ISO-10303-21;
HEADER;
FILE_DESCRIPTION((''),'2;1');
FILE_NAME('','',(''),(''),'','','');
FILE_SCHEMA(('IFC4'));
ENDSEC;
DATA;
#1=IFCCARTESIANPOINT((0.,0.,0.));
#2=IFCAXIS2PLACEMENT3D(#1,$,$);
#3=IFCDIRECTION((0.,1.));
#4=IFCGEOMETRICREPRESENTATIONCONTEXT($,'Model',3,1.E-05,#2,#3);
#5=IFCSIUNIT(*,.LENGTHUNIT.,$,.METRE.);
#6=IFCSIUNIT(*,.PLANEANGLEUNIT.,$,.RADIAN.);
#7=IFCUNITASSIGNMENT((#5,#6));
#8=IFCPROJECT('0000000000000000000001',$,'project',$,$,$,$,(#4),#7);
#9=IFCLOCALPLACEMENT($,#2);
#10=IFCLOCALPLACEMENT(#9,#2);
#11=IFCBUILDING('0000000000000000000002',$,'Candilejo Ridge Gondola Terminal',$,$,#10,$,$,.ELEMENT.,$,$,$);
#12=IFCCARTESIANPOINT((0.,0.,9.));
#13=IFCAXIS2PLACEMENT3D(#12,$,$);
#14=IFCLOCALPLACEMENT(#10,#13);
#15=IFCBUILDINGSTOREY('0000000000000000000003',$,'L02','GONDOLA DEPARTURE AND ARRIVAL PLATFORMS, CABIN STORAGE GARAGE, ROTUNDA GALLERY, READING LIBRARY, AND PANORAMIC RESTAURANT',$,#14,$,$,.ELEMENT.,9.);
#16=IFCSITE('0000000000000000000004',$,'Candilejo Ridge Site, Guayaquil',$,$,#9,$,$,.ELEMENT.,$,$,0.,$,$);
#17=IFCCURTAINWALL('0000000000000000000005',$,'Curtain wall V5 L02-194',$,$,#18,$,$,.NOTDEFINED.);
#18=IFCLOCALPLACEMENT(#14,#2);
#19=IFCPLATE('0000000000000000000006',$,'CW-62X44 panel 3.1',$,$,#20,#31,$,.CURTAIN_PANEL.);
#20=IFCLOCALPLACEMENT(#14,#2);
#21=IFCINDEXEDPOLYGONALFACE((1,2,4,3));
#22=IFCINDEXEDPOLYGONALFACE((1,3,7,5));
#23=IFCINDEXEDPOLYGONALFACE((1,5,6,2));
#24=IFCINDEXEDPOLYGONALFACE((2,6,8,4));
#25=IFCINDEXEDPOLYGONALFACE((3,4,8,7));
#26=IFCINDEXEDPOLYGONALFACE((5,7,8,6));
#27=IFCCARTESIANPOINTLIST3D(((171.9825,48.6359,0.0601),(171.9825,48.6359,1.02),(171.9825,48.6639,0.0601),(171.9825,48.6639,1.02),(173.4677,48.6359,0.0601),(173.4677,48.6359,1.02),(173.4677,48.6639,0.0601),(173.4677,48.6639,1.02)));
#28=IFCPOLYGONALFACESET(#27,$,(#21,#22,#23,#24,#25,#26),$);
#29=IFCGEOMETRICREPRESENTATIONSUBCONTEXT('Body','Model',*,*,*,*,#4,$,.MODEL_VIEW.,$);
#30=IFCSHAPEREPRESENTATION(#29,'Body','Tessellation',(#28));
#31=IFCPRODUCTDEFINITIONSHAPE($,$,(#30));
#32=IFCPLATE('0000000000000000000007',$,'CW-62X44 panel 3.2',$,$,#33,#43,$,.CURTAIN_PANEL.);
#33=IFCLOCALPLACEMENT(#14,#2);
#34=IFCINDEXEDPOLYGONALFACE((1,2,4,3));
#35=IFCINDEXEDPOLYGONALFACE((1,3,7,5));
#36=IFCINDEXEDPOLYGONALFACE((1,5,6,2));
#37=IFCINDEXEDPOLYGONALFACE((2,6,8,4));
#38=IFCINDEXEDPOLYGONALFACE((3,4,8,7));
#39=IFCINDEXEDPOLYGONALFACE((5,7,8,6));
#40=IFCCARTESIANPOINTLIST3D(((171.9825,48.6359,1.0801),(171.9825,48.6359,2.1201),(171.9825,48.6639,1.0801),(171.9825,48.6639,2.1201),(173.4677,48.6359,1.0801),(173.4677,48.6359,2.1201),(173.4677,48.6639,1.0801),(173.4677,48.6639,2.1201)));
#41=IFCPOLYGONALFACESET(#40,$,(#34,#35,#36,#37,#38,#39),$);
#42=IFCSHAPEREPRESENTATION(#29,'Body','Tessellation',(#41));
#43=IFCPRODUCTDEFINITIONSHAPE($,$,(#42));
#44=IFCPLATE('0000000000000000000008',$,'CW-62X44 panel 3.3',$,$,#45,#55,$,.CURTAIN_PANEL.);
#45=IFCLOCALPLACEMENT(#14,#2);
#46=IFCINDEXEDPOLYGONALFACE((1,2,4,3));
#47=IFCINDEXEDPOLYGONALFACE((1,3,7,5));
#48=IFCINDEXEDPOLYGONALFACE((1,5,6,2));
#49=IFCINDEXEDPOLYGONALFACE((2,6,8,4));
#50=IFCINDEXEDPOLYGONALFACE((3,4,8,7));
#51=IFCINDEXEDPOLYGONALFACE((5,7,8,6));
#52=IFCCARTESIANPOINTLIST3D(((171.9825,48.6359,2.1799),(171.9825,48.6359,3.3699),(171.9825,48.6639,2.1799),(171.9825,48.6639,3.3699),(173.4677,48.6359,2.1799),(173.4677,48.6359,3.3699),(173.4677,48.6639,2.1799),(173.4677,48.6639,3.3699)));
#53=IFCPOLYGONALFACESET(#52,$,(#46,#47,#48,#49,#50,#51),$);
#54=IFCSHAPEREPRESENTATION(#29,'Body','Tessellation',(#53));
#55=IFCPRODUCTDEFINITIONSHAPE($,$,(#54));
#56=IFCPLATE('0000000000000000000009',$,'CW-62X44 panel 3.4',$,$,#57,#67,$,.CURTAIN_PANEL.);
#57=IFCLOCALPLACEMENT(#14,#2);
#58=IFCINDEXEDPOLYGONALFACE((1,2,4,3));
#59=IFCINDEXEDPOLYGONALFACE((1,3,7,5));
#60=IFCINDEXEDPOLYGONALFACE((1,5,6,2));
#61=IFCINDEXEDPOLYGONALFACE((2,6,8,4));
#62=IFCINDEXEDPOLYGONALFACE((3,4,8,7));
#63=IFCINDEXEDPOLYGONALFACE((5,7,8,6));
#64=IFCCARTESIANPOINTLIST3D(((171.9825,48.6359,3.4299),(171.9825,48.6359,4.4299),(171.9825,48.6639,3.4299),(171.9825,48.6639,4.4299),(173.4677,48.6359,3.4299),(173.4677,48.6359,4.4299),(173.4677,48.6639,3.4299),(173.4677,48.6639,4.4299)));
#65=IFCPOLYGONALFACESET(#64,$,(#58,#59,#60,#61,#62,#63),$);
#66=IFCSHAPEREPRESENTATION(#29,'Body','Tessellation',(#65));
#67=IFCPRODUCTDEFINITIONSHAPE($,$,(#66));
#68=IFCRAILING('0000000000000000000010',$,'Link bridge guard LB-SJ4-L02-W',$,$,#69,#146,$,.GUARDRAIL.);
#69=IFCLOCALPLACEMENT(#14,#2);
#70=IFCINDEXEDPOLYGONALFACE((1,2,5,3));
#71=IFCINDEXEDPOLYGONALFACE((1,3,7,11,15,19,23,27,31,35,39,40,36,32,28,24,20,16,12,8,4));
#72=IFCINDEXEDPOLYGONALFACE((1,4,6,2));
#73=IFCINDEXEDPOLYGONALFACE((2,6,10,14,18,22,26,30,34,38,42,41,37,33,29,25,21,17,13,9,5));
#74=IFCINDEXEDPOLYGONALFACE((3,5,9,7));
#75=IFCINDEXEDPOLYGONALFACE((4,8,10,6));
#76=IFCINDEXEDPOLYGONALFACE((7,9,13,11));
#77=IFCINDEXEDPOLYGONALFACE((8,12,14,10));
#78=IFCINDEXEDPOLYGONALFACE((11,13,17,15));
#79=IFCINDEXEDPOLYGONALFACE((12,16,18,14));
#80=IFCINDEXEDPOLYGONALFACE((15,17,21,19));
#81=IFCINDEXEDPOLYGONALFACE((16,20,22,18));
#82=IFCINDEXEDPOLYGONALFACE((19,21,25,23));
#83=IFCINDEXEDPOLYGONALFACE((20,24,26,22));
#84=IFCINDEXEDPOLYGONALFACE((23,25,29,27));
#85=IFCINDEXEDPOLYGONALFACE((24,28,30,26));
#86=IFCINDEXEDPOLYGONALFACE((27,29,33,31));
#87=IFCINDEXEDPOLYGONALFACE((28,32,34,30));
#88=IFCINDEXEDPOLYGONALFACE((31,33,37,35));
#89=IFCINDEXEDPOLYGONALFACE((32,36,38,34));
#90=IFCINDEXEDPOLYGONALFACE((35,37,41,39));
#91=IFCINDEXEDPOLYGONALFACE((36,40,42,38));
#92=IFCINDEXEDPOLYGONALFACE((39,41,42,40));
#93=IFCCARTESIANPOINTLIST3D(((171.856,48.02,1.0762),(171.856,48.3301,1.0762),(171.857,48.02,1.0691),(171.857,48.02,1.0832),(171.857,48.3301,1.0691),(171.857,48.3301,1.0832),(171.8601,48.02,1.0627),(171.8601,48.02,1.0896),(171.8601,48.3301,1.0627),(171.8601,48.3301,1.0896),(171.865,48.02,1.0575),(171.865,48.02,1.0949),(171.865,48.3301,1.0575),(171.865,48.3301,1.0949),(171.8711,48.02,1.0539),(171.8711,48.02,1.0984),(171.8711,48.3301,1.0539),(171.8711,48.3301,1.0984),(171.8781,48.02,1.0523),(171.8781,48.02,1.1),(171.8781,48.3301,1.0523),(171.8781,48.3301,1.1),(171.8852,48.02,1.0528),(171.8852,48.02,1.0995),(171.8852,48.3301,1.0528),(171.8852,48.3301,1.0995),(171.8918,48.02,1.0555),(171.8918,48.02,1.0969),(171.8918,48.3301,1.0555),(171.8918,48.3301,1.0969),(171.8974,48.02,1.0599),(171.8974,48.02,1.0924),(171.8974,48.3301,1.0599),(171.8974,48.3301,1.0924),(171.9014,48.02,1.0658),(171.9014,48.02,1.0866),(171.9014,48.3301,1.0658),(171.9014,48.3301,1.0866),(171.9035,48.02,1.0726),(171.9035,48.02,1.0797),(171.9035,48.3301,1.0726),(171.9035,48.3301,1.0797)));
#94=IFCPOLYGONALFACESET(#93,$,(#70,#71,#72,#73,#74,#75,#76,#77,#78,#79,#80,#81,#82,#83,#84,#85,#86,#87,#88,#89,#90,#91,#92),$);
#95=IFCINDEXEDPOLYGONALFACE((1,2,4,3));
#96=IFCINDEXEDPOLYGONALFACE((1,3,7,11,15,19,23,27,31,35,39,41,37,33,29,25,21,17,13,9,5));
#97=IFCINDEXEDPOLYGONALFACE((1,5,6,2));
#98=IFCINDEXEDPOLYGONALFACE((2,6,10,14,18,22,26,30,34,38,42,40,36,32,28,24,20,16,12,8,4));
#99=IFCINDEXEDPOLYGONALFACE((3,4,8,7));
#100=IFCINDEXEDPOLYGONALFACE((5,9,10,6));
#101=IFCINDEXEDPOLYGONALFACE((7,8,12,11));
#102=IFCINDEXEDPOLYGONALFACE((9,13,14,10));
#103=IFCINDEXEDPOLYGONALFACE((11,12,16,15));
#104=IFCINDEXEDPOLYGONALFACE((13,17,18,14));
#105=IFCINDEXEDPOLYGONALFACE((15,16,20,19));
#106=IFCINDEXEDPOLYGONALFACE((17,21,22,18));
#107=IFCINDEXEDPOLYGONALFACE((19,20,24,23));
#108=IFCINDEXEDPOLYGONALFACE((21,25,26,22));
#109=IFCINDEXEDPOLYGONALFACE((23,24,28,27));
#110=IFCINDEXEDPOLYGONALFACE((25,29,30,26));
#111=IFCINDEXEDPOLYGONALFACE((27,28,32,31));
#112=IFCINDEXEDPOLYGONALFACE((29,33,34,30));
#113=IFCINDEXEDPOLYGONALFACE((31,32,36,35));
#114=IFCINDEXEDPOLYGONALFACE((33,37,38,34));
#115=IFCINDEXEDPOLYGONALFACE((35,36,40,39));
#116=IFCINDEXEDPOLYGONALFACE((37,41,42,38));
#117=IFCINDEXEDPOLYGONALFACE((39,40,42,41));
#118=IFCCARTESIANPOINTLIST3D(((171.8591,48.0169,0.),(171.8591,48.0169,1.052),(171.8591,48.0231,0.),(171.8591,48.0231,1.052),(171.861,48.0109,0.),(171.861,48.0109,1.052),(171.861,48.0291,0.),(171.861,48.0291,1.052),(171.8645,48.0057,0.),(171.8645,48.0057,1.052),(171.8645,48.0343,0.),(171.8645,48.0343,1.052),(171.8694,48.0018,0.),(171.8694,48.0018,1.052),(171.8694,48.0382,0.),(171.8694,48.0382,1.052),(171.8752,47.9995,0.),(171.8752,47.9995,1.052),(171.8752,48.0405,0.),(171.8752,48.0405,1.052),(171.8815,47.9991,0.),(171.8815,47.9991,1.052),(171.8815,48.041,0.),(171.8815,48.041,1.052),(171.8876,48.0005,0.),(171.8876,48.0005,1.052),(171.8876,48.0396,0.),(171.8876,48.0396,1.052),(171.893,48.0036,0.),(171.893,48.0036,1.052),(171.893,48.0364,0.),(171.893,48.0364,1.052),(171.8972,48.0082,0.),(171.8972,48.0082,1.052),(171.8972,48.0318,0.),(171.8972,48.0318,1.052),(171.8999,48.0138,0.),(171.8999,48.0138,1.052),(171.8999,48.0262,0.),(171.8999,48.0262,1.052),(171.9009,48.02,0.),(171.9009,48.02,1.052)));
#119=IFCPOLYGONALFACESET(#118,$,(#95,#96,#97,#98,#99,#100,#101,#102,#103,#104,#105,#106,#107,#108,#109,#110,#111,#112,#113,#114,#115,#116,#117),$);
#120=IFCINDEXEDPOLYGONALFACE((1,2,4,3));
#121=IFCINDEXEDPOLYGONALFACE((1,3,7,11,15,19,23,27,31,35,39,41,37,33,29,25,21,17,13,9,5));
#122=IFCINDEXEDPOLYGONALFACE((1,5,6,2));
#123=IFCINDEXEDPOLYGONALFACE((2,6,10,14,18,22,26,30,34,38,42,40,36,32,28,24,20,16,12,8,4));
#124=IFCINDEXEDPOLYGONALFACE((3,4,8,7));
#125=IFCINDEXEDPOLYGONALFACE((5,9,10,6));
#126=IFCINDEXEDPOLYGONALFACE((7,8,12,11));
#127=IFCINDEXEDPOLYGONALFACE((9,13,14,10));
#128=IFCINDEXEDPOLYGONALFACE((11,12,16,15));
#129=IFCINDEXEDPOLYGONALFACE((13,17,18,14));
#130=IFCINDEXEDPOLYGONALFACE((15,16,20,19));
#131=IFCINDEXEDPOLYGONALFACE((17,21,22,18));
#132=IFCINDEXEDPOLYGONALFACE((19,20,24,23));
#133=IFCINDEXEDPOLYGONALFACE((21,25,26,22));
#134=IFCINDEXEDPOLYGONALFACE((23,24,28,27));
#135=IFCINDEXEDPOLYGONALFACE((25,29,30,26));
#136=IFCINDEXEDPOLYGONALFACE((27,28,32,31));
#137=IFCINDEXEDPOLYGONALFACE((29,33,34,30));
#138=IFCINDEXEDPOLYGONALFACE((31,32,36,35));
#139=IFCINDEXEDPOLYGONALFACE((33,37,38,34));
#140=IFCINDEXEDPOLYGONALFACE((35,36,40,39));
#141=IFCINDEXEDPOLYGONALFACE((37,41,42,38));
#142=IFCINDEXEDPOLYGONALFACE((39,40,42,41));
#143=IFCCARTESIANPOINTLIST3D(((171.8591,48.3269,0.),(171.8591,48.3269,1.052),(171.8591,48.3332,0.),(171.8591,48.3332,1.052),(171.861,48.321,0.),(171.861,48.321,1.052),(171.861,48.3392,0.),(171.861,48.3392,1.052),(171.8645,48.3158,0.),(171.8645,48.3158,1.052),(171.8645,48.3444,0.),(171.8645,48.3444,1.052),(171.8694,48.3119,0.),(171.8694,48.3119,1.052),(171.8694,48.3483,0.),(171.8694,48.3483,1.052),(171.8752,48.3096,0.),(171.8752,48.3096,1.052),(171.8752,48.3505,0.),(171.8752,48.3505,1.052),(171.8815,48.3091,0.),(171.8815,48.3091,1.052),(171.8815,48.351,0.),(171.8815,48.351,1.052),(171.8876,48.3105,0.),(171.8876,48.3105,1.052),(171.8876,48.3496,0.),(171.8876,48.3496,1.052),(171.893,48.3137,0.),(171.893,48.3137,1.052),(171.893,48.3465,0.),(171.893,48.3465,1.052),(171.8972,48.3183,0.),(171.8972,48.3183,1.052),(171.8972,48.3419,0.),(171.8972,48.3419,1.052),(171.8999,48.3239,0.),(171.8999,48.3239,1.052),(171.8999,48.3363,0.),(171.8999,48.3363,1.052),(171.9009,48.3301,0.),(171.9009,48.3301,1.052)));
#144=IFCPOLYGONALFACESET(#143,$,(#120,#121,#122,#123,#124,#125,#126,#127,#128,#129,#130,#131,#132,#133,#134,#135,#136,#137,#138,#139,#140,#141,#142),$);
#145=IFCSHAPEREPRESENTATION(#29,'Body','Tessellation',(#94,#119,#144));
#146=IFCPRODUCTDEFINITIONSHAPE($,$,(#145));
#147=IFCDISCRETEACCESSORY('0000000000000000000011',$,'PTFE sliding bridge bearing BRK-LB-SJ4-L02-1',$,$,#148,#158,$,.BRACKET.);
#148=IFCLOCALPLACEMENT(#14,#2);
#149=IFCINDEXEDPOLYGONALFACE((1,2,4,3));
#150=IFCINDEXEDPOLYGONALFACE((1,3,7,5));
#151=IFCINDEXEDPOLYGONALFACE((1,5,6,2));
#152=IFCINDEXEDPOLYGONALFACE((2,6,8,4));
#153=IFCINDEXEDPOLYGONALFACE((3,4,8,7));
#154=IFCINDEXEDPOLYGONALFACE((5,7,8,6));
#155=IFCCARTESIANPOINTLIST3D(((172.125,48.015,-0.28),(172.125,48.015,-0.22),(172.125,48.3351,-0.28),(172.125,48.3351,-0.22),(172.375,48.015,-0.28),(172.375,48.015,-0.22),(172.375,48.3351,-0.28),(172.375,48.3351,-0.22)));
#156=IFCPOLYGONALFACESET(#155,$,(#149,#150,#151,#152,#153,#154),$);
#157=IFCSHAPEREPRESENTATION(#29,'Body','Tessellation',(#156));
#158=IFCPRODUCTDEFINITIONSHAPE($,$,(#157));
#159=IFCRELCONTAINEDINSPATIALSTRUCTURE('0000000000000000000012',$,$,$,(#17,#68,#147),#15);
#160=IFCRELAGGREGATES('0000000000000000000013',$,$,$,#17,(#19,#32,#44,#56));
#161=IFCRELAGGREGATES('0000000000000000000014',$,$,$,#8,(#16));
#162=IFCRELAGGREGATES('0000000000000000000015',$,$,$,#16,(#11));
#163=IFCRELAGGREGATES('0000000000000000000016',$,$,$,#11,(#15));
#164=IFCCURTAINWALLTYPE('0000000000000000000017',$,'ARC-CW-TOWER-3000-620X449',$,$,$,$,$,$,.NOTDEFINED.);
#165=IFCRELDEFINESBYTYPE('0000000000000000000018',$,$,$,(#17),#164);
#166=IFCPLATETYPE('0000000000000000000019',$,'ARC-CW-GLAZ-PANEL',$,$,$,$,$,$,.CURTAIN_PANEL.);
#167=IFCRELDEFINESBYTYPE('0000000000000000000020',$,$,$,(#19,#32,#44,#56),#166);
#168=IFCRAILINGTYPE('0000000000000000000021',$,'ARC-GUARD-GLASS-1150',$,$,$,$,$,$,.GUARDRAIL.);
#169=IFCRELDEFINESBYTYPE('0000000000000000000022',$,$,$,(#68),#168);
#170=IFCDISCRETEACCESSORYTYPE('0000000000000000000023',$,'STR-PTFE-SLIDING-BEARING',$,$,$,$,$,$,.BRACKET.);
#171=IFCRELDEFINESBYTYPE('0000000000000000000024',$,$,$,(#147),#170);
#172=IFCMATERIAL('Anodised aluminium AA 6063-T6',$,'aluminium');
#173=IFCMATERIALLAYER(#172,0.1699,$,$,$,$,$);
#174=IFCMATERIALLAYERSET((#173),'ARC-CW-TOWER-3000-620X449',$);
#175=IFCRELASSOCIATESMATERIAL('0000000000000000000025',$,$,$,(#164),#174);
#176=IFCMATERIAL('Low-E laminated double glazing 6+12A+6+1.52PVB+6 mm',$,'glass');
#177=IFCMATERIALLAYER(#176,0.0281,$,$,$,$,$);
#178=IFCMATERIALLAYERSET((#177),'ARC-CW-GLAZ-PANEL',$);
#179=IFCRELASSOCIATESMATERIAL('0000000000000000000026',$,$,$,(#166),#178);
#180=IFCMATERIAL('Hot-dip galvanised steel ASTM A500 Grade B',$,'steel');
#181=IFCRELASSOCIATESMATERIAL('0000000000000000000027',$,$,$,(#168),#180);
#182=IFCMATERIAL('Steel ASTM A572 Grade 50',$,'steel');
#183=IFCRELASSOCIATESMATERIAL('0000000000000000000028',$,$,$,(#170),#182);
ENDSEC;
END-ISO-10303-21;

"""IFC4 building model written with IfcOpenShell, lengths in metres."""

from ifc_helpers import new_model, si_unit, direction, frame, origin, origin_2d, place, context, subcontext, project, spatial, rectangle, circle, extrude, material, layer, layer_set, type_object, element, aggregate, save


model = new_model("IFC4")

# Units and contexts
model_context = context("Model", 3, precision=1e-05, world=origin(), true_north=direction((0.0, 1.0)))
body_context = subcontext(model_context, "Body", "Model", "MODEL_VIEW")
ifc_project = project(units=[si_unit("LENGTHUNIT", "METRE"), si_unit("PLANEANGLEUNIT", "RADIAN")], contexts=[model_context])

# Site, building, storey
site_placement = place(None, origin())
site = spatial("IfcSite", under=ifc_project, at=site_placement, Name="Candilejo Ridge Site, Guayaquil", CompositionType="ELEMENT", RefElevation=0.0)
building_placement = place(site_placement, origin())
building = spatial("IfcBuilding", under=site, at=building_placement, Name="Candilejo Ridge Gondola Terminal", CompositionType="ELEMENT")
storey_placement = place(building_placement, frame((0.0, 0.0, 9.0)))
storey = spatial("IfcBuildingStorey", under=building, at=storey_placement, Name="L02", Description="GONDOLA DEPARTURE AND ARRIVAL PLATFORMS, CABIN STORAGE GARAGE, ROTUNDA GALLERY, READING LIBRARY, AND PANORAMIC RESTAURANT", CompositionType="ELEMENT", Elevation=9.0)

# Curtain wall
ifc_material_1 = material(Name="Anodised aluminium AA 6063-T6", Category="aluminium")
ifc_layer_1 = layer(ifc_material_1, 0.1699)
ifc_layer_set_1 = layer_set([ifc_layer_1], Name="ARC-CW-TOWER-3000-620X449")
curtain_wall_type_1 = type_object("IfcCurtainWallType", Name="ARC-CW-TOWER-3000-620X449", PredefinedType="NOTDEFINED", material=ifc_layer_set_1)
curtain_wall_1_placement = place(storey_placement, origin())
curtain_wall_1 = element("IfcCurtainWall", 1, at=curtain_wall_1_placement, inside=storey, type_object=curtain_wall_type_1, Name="Curtain wall V5 L02-194", PredefinedType="NOTDEFINED")

# Shared definitions
ifc_material_2 = material(Name="Low-E laminated double glazing 6+12A+6+1.52PVB+6 mm", Category="glass")
ifc_layer_2 = layer(ifc_material_2, 0.0281)
ifc_layer_set_2 = layer_set([ifc_layer_2], Name="ARC-CW-GLAZ-PANEL")
plate_type = type_object("IfcPlateType", Name="ARC-CW-GLAZ-PANEL", PredefinedType="CURTAIN_PANEL", material=ifc_layer_set_2)

# Plates
plate_1_placement = place(storey_placement, frame((172.7251, 48.6499, 0.0601), z_axis=(0.0, 0.0, 1.0), x_axis=(1.0, 0.0, 0.0)))
plate_1 = element("IfcPlate", 2, at=plate_1_placement, type_object=plate_type, Name="CW-62X44 panel 3.1", PredefinedType="CURTAIN_PANEL", context=body_context, shape_type="SweptSolid", body=[
    extrude(rectangle(XDim=1.4851, YDim=0.0281, at=origin_2d()), origin(), (0.0, 0.0, 1.0), 0.96),
])
plate_2_placement = place(storey_placement, frame((172.7251, 48.6499, 1.0801), z_axis=(0.0, 0.0, 1.0), x_axis=(1.0, 0.0, 0.0)))
plate_2 = element("IfcPlate", 3, at=plate_2_placement, type_object=plate_type, Name="CW-62X44 panel 3.2", PredefinedType="CURTAIN_PANEL", context=body_context, shape_type="SweptSolid", body=[
    extrude(rectangle(XDim=1.4851, YDim=0.0281, at=origin_2d()), origin(), (0.0, 0.0, 1.0), 1.04),
])
plate_3_placement = place(storey_placement, frame((172.7251, 48.6499, 2.1799), z_axis=(0.0, 0.0, 1.0), x_axis=(1.0, 0.0, 0.0)))
plate_3 = element("IfcPlate", 4, at=plate_3_placement, type_object=plate_type, Name="CW-62X44 panel 3.3", PredefinedType="CURTAIN_PANEL", context=body_context, shape_type="SweptSolid", body=[
    extrude(rectangle(XDim=1.4851, YDim=0.0281, at=origin_2d()), origin(), (0.0, 0.0, 1.0), 1.1899),
])
plate_4_placement = place(storey_placement, frame((172.7251, 48.6499, 3.4299), z_axis=(0.0, 0.0, 1.0), x_axis=(1.0, 0.0, 0.0)))
plate_4 = element("IfcPlate", 5, at=plate_4_placement, type_object=plate_type, Name="CW-62X44 panel 3.4", PredefinedType="CURTAIN_PANEL", context=body_context, shape_type="SweptSolid", body=[
    extrude(rectangle(XDim=1.4851, YDim=0.0281, at=origin_2d()), origin(), (0.0, 0.0, 1.0), 1.0),
])
aggregate(curtain_wall_1, [plate_1, plate_2, plate_3, plate_4])

# Railing
ifc_material_3 = material(Name="Hot-dip galvanised steel ASTM A500 Grade B", Category="steel")
railing_type = type_object("IfcRailingType", Name="ARC-GUARD-GLASS-1150", PredefinedType="GUARDRAIL", material=ifc_material_3)
railing_placement = place(storey_placement, frame((171.8799, 48.02, 0.0)))
element("IfcRailing", 6, at=railing_placement, inside=storey, type_object=railing_type, Name="Link bridge guard LB-SJ4-L02-W", PredefinedType="GUARDRAIL", context=body_context, shape_type="SweptSolid", body=[
    extrude(circle(Radius=0.0239, at=origin_2d()), frame((0.0, 0.0, 1.0762), z_axis=(0.0, 1.0, 0.0), x_axis=(-1.0, 0.0, 0.0)), (0.0, 0.0, 1.0), 0.3101),
    extrude(circle(Radius=0.021, at=origin_2d()), origin(), (0.0, 0.0, 1.0), 1.052),
    extrude(circle(Radius=0.021, at=origin_2d()), frame((0.0, 0.3101, 0.0)), (0.0, 0.0, 1.0), 1.052),
])

# Discrete accessory
ifc_material_4 = material(Name="Steel ASTM A572 Grade 50", Category="steel")
discrete_accessory_type = type_object("IfcDiscreteAccessoryType", Name="STR-PTFE-SLIDING-BEARING", PredefinedType="BRACKET", material=ifc_material_4)
discrete_accessory_placement = place(storey_placement, frame((172.25, 48.175, -0.28)))
element("IfcDiscreteAccessory", 7, at=discrete_accessory_placement, inside=storey, type_object=discrete_accessory_type, Name="PTFE sliding bridge bearing BRK-LB-SJ4-L02-1", PredefinedType="BRACKET", context=body_context, shape_type="SweptSolid", body=[
    extrude(rectangle(XDim=0.25, YDim=0.3201, at=origin_2d()), origin(), (0.0, 0.0, 1.0), 0.0601),
])

save(model, "model.ifc")
